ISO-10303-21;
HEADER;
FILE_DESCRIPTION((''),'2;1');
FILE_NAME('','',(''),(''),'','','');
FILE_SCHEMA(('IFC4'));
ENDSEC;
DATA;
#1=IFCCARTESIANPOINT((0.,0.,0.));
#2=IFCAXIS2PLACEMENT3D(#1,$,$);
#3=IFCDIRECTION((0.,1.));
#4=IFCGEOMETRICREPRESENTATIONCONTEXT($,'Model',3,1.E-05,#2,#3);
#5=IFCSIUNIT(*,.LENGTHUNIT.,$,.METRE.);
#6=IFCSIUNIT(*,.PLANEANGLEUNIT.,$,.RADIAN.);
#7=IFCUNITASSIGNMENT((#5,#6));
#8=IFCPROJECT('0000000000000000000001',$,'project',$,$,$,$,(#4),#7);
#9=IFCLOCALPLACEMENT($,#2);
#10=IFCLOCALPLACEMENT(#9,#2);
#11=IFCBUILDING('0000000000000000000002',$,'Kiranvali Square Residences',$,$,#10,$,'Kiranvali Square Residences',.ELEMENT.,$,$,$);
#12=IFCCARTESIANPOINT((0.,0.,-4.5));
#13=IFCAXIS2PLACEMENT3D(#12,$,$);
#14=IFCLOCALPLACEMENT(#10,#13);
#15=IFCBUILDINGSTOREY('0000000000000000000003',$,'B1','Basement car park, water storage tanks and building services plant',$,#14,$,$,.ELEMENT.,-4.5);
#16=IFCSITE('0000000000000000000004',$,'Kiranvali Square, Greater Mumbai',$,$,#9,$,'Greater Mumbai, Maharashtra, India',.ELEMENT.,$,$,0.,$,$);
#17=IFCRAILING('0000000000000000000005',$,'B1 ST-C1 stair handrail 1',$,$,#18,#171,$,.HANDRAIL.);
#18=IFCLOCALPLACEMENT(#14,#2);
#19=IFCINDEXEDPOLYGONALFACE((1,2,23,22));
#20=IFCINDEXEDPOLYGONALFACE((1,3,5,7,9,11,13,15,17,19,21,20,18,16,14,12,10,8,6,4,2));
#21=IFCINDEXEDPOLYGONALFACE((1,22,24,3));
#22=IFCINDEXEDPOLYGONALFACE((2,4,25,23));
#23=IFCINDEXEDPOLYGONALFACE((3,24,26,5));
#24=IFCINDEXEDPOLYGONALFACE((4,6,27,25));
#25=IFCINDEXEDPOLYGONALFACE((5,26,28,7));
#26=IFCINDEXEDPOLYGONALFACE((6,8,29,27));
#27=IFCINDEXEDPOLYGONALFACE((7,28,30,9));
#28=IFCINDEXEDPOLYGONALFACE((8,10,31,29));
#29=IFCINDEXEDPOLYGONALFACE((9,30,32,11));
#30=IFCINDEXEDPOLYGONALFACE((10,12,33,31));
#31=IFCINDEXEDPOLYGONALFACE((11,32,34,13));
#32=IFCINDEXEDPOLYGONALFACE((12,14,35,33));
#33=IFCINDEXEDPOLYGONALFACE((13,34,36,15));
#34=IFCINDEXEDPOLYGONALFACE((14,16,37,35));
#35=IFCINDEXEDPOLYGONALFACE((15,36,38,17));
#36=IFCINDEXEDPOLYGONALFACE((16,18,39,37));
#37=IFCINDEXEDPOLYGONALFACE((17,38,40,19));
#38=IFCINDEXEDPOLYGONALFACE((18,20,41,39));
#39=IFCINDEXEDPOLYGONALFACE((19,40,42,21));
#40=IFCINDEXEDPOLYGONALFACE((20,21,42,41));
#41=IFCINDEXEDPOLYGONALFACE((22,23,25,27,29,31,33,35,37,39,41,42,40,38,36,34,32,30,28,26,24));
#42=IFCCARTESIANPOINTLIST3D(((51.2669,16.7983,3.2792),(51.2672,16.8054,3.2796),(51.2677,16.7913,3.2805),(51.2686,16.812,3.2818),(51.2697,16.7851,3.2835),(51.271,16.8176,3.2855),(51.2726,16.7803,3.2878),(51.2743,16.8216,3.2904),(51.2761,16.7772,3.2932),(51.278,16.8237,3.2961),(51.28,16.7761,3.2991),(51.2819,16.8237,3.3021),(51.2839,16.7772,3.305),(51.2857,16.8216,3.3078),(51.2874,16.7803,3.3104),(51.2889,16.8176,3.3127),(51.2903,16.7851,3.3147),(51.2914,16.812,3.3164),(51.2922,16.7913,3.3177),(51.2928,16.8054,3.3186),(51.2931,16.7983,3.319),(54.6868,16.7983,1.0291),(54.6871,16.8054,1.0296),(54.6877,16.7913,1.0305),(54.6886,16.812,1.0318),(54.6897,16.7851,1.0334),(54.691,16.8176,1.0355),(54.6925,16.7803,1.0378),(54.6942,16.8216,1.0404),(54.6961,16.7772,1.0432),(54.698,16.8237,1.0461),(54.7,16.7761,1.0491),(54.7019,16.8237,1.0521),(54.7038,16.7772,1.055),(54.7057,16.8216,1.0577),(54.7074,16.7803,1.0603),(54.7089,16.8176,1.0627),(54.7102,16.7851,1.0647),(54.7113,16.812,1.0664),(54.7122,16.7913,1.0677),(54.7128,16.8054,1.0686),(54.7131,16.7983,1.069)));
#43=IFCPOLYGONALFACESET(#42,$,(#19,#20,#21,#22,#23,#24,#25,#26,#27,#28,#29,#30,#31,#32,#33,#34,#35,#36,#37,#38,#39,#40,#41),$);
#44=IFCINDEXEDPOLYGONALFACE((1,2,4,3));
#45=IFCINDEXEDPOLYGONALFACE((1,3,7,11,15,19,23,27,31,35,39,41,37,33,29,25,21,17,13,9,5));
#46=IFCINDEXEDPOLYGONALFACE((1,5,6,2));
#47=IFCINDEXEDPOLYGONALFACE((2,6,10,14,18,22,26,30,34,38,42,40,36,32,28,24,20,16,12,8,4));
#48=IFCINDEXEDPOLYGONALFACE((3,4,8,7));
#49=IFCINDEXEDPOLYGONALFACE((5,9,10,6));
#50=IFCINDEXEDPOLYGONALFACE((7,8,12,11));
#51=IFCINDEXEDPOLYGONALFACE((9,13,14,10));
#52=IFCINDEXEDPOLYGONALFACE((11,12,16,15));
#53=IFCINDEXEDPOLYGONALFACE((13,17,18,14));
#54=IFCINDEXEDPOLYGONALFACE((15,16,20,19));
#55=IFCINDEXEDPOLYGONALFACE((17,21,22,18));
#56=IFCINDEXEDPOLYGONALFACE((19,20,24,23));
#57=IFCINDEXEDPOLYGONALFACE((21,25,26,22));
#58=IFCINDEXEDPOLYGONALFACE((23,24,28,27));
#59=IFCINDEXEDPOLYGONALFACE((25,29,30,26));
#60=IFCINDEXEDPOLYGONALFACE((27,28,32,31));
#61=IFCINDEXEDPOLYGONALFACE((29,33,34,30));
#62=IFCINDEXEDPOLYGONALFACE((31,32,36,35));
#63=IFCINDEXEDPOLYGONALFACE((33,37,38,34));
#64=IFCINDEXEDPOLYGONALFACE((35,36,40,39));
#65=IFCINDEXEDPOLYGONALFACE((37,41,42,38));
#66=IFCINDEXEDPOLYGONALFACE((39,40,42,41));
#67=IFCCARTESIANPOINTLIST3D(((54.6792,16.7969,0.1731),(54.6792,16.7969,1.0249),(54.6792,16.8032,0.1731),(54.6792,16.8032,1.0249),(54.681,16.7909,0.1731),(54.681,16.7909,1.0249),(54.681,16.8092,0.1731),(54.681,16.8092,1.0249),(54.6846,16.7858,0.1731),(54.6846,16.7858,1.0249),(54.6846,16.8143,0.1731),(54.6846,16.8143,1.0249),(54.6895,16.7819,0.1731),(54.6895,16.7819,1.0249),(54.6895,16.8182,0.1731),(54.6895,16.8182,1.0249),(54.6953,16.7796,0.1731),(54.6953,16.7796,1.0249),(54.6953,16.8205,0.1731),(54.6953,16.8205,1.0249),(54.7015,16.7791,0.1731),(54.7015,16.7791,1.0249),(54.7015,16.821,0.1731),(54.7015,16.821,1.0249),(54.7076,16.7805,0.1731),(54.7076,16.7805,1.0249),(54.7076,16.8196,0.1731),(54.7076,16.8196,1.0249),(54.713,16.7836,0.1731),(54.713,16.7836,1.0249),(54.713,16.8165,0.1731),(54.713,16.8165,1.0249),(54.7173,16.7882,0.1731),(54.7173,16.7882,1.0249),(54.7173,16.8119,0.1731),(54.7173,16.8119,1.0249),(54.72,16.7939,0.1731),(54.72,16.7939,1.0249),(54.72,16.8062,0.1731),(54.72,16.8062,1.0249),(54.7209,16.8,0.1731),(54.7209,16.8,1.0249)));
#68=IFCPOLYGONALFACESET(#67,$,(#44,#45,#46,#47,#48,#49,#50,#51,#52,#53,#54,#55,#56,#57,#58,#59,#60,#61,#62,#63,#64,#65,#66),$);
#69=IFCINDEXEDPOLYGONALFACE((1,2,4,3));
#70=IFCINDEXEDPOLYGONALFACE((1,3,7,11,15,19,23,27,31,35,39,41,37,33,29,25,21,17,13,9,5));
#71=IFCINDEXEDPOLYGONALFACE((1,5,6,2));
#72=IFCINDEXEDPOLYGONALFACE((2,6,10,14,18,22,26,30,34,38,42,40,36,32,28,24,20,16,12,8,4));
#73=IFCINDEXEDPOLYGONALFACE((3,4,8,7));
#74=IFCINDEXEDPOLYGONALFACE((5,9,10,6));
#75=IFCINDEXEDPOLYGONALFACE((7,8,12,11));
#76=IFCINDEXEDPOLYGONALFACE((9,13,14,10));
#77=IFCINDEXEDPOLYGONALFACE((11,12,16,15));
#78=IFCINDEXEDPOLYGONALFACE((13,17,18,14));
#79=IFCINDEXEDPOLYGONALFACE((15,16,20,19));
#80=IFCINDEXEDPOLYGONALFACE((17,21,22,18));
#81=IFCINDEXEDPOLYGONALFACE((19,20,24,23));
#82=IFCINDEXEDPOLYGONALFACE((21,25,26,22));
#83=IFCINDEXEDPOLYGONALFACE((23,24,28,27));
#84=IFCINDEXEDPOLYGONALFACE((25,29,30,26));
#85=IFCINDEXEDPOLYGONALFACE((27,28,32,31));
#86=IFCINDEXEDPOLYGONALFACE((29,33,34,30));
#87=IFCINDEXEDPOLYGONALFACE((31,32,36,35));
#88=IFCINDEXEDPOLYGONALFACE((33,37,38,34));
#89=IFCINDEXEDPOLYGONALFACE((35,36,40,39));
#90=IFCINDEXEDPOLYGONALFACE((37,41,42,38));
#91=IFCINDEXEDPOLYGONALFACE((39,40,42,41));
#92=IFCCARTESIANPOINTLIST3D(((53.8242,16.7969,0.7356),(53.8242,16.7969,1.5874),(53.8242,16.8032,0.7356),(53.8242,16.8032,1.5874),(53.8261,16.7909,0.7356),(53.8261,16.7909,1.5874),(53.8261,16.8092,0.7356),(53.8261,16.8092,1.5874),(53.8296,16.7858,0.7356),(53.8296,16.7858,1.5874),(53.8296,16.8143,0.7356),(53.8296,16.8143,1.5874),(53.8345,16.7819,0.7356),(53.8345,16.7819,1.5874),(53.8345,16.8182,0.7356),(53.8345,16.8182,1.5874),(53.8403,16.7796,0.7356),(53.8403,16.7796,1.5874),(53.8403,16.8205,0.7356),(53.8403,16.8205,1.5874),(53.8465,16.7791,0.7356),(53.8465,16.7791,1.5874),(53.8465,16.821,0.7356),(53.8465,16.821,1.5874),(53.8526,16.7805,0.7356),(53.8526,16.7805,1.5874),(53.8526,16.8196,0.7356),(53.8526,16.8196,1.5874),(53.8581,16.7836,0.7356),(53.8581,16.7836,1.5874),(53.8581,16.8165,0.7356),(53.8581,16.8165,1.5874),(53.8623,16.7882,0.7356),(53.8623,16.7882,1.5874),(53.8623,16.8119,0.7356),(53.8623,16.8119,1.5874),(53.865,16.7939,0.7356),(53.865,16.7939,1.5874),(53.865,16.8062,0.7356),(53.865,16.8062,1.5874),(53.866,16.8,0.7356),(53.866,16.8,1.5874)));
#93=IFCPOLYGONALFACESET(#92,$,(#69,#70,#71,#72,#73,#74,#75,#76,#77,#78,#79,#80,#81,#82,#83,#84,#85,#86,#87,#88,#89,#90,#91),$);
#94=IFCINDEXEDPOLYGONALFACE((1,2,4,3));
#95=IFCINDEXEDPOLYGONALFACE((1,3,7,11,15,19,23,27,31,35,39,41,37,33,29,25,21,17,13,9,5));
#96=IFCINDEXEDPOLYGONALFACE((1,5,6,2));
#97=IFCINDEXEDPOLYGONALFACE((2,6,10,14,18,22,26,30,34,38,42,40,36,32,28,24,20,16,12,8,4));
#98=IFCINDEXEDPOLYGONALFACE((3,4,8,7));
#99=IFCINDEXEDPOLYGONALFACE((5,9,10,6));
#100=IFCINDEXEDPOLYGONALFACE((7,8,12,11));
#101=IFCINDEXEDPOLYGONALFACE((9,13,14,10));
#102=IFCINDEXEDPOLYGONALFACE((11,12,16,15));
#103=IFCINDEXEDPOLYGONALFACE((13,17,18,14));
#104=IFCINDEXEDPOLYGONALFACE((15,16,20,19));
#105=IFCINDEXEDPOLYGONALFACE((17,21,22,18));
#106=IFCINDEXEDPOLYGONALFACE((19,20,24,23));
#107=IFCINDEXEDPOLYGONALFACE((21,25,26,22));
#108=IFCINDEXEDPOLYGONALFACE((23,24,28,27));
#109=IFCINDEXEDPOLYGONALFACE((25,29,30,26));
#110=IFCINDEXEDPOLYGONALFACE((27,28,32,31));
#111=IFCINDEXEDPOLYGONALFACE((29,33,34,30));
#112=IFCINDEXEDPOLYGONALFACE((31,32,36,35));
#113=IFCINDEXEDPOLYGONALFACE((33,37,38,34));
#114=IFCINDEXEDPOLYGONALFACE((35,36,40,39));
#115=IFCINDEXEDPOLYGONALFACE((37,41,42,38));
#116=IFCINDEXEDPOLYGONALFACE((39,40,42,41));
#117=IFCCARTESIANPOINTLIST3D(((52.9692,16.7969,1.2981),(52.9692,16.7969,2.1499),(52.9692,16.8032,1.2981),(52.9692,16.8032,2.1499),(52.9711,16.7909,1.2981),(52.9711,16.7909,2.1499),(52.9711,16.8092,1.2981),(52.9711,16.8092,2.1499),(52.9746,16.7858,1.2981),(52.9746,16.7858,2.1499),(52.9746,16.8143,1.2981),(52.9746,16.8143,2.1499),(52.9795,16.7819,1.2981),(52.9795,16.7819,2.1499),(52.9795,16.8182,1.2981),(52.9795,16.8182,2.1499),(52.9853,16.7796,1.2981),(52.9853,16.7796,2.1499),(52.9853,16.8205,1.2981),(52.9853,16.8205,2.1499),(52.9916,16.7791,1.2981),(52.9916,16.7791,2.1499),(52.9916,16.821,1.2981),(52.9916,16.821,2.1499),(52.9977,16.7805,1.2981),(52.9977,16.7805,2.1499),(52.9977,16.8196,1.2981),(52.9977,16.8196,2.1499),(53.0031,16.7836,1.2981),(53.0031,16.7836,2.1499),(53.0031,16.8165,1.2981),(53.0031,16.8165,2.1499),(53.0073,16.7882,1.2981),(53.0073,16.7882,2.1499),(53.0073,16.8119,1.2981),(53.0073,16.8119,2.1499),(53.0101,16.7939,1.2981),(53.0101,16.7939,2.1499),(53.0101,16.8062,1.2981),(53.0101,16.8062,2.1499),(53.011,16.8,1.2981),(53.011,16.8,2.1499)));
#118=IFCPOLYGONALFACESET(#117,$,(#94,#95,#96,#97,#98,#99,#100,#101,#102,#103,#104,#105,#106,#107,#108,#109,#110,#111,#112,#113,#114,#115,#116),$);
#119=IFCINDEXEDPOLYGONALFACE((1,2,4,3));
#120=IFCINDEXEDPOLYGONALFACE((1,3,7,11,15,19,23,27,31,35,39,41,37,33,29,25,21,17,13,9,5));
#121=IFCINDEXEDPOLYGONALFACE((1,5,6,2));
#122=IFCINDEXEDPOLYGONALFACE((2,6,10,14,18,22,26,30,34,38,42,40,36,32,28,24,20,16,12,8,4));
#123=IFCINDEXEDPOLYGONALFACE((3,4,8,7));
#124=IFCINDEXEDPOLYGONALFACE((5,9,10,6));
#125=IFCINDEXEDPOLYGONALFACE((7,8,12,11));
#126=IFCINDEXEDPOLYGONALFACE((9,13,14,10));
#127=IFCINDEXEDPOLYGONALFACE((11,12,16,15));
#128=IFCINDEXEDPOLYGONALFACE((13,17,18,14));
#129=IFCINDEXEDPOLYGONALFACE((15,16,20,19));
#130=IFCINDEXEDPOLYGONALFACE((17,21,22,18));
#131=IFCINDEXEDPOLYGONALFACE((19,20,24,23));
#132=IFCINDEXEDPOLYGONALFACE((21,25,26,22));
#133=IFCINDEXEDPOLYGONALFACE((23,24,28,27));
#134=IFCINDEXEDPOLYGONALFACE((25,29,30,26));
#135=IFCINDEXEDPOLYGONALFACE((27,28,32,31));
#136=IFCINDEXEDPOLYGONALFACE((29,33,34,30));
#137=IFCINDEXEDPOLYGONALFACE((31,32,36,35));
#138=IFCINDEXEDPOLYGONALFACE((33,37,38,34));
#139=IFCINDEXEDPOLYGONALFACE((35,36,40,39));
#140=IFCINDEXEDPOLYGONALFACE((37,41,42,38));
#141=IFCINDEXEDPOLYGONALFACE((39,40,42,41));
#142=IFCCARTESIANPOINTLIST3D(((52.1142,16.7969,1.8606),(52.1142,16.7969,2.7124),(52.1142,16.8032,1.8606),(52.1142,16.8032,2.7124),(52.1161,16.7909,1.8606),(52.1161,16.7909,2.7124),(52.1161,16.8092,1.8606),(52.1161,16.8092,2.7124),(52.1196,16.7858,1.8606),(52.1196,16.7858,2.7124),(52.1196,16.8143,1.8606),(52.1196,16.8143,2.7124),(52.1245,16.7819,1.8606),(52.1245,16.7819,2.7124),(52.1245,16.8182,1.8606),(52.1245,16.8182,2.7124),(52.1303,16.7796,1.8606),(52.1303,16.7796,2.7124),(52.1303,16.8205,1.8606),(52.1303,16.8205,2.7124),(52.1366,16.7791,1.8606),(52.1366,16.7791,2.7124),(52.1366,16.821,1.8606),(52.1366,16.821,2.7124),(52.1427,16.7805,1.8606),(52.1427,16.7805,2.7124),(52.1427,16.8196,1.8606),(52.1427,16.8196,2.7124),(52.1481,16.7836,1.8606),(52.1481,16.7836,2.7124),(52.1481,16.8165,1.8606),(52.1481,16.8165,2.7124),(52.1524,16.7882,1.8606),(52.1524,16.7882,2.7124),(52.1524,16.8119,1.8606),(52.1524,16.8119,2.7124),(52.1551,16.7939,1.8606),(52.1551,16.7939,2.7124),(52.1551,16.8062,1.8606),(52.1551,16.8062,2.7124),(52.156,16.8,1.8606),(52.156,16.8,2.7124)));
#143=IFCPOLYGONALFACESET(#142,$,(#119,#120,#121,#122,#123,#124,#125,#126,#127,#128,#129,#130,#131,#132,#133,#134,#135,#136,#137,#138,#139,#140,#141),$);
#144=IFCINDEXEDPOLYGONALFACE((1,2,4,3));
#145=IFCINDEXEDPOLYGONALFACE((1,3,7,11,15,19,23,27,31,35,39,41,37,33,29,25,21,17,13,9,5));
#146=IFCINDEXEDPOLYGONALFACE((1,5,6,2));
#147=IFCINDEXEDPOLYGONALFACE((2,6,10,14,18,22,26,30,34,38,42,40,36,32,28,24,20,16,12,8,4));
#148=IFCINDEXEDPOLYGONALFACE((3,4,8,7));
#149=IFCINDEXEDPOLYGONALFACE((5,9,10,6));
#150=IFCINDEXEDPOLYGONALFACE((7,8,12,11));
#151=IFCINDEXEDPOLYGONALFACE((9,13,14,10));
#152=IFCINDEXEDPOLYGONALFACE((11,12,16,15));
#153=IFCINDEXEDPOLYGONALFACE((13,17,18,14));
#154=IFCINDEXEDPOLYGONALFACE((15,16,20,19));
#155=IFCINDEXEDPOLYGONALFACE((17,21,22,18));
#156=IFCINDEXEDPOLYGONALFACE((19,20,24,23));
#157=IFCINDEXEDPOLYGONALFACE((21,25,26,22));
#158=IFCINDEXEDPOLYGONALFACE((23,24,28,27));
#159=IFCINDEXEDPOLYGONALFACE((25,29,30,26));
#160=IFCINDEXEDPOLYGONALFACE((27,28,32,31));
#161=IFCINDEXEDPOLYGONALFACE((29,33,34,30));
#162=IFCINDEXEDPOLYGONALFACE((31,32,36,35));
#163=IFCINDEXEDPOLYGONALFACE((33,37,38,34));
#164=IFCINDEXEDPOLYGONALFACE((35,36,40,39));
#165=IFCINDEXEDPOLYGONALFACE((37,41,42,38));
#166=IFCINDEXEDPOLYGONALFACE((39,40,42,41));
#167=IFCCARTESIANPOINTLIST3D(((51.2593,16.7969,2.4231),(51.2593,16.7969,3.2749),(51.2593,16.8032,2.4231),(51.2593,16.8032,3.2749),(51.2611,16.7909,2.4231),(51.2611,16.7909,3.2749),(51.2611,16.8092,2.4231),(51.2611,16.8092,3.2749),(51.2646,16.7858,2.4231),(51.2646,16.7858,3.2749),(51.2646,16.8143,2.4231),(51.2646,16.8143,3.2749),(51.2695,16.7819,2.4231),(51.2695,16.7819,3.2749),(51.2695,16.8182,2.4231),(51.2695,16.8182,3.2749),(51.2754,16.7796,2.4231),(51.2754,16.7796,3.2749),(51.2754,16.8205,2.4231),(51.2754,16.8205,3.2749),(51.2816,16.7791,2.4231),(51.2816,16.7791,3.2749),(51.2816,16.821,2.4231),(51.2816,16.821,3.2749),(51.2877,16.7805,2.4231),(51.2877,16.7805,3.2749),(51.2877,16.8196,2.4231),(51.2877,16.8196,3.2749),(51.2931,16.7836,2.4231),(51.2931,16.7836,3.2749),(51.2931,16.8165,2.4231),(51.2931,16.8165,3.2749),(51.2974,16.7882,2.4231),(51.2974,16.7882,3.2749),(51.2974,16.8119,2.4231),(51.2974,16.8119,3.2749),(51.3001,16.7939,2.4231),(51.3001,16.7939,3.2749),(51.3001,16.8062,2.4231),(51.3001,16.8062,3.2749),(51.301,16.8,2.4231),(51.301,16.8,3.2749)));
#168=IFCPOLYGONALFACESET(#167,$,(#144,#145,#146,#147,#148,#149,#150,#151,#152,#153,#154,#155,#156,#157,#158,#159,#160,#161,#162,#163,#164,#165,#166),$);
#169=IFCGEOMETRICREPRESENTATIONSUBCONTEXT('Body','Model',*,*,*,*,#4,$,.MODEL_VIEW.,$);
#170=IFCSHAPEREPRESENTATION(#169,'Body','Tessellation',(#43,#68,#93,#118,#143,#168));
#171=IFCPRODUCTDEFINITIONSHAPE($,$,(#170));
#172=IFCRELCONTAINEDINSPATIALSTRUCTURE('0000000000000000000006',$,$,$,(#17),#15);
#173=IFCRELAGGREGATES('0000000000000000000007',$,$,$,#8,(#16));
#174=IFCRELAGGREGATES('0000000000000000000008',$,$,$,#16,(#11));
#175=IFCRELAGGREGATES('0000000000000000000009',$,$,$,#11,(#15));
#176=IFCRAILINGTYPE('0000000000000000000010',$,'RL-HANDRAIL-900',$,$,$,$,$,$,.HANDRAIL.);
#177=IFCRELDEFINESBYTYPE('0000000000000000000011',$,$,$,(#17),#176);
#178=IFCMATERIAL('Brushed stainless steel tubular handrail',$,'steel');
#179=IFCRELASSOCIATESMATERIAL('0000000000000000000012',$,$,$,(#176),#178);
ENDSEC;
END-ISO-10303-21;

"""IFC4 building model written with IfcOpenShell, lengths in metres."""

from ifc_helpers import new_model, si_unit, direction, frame, origin, origin_2d, place, context, subcontext, project, spatial, circle, extrude, material, type_object, element, save


model = new_model("IFC4")

# Units and contexts
model_context = context("Model", 3, precision=1e-05, world=origin(), true_north=direction((0.0, 1.0)))
body_context = subcontext(model_context, "Body", "Model", "MODEL_VIEW")
ifc_project = project(units=[si_unit("LENGTHUNIT", "METRE"), si_unit("PLANEANGLEUNIT", "RADIAN")], contexts=[model_context])

# Site, building, storey
site_placement = place(None, origin())
site = spatial("IfcSite", under=ifc_project, at=site_placement, Name="Kiranvali Square, Greater Mumbai", LongName="Greater Mumbai, Maharashtra, India", CompositionType="ELEMENT", RefElevation=0.0)
building_placement = place(site_placement, origin())
building = spatial("IfcBuilding", under=site, at=building_placement, Name="Kiranvali Square Residences", LongName="Kiranvali Square Residences", CompositionType="ELEMENT")
storey_placement = place(building_placement, frame((0.0, 0.0, -4.5)))
storey = spatial("IfcBuildingStorey", under=building, at=storey_placement, Name="B1", Description="Basement car park, water storage tanks and building services plant", CompositionType="ELEMENT", Elevation=-4.5)

# Railing
ifc_material_1 = material(Name="Brushed stainless steel tubular handrail", Category="steel")
railing_type_1 = type_object("IfcRailingType", Name="RL-HANDRAIL-900", PredefinedType="HANDRAIL", material=ifc_material_1)
railing_1_placement = place(storey_placement, frame((54.7, 16.8, 0.1731)))
element("IfcRailing", 1, at=railing_1_placement, inside=storey, type_object=railing_type_1, Name="B1 ST-C1 stair handrail 1", PredefinedType="HANDRAIL", context=body_context, shape_type="SweptSolid", body=[
    extrude(circle(Radius=0.0239, at=origin_2d()), frame((0.0, 0.0, 0.876), z_axis=(-0.835411, 0.0, 0.549625), x_axis=(0.0, -1.0, 0.0)), (0.0, 0.0, 1.0), 4.0938),
    extrude(circle(Radius=0.021, at=origin_2d()), origin(), (0.0, 0.0, 1.0), 0.8518),
    extrude(circle(Radius=0.021, at=origin_2d()), frame((-0.855, 0.0, 0.5625)), (0.0, 0.0, 1.0), 0.8518),
    extrude(circle(Radius=0.021, at=origin_2d()), frame((-1.71, 0.0, 1.125)), (0.0, 0.0, 1.0), 0.8518),
    extrude(circle(Radius=0.021, at=origin_2d()), frame((-2.5649, 0.0, 1.6875)), (0.0, 0.0, 1.0), 0.8518),
    extrude(circle(Radius=0.021, at=origin_2d()), frame((-3.4199, 0.0, 2.25)), (0.0, 0.0, 1.0), 0.8518),
])

save(model, "model.ifc")
